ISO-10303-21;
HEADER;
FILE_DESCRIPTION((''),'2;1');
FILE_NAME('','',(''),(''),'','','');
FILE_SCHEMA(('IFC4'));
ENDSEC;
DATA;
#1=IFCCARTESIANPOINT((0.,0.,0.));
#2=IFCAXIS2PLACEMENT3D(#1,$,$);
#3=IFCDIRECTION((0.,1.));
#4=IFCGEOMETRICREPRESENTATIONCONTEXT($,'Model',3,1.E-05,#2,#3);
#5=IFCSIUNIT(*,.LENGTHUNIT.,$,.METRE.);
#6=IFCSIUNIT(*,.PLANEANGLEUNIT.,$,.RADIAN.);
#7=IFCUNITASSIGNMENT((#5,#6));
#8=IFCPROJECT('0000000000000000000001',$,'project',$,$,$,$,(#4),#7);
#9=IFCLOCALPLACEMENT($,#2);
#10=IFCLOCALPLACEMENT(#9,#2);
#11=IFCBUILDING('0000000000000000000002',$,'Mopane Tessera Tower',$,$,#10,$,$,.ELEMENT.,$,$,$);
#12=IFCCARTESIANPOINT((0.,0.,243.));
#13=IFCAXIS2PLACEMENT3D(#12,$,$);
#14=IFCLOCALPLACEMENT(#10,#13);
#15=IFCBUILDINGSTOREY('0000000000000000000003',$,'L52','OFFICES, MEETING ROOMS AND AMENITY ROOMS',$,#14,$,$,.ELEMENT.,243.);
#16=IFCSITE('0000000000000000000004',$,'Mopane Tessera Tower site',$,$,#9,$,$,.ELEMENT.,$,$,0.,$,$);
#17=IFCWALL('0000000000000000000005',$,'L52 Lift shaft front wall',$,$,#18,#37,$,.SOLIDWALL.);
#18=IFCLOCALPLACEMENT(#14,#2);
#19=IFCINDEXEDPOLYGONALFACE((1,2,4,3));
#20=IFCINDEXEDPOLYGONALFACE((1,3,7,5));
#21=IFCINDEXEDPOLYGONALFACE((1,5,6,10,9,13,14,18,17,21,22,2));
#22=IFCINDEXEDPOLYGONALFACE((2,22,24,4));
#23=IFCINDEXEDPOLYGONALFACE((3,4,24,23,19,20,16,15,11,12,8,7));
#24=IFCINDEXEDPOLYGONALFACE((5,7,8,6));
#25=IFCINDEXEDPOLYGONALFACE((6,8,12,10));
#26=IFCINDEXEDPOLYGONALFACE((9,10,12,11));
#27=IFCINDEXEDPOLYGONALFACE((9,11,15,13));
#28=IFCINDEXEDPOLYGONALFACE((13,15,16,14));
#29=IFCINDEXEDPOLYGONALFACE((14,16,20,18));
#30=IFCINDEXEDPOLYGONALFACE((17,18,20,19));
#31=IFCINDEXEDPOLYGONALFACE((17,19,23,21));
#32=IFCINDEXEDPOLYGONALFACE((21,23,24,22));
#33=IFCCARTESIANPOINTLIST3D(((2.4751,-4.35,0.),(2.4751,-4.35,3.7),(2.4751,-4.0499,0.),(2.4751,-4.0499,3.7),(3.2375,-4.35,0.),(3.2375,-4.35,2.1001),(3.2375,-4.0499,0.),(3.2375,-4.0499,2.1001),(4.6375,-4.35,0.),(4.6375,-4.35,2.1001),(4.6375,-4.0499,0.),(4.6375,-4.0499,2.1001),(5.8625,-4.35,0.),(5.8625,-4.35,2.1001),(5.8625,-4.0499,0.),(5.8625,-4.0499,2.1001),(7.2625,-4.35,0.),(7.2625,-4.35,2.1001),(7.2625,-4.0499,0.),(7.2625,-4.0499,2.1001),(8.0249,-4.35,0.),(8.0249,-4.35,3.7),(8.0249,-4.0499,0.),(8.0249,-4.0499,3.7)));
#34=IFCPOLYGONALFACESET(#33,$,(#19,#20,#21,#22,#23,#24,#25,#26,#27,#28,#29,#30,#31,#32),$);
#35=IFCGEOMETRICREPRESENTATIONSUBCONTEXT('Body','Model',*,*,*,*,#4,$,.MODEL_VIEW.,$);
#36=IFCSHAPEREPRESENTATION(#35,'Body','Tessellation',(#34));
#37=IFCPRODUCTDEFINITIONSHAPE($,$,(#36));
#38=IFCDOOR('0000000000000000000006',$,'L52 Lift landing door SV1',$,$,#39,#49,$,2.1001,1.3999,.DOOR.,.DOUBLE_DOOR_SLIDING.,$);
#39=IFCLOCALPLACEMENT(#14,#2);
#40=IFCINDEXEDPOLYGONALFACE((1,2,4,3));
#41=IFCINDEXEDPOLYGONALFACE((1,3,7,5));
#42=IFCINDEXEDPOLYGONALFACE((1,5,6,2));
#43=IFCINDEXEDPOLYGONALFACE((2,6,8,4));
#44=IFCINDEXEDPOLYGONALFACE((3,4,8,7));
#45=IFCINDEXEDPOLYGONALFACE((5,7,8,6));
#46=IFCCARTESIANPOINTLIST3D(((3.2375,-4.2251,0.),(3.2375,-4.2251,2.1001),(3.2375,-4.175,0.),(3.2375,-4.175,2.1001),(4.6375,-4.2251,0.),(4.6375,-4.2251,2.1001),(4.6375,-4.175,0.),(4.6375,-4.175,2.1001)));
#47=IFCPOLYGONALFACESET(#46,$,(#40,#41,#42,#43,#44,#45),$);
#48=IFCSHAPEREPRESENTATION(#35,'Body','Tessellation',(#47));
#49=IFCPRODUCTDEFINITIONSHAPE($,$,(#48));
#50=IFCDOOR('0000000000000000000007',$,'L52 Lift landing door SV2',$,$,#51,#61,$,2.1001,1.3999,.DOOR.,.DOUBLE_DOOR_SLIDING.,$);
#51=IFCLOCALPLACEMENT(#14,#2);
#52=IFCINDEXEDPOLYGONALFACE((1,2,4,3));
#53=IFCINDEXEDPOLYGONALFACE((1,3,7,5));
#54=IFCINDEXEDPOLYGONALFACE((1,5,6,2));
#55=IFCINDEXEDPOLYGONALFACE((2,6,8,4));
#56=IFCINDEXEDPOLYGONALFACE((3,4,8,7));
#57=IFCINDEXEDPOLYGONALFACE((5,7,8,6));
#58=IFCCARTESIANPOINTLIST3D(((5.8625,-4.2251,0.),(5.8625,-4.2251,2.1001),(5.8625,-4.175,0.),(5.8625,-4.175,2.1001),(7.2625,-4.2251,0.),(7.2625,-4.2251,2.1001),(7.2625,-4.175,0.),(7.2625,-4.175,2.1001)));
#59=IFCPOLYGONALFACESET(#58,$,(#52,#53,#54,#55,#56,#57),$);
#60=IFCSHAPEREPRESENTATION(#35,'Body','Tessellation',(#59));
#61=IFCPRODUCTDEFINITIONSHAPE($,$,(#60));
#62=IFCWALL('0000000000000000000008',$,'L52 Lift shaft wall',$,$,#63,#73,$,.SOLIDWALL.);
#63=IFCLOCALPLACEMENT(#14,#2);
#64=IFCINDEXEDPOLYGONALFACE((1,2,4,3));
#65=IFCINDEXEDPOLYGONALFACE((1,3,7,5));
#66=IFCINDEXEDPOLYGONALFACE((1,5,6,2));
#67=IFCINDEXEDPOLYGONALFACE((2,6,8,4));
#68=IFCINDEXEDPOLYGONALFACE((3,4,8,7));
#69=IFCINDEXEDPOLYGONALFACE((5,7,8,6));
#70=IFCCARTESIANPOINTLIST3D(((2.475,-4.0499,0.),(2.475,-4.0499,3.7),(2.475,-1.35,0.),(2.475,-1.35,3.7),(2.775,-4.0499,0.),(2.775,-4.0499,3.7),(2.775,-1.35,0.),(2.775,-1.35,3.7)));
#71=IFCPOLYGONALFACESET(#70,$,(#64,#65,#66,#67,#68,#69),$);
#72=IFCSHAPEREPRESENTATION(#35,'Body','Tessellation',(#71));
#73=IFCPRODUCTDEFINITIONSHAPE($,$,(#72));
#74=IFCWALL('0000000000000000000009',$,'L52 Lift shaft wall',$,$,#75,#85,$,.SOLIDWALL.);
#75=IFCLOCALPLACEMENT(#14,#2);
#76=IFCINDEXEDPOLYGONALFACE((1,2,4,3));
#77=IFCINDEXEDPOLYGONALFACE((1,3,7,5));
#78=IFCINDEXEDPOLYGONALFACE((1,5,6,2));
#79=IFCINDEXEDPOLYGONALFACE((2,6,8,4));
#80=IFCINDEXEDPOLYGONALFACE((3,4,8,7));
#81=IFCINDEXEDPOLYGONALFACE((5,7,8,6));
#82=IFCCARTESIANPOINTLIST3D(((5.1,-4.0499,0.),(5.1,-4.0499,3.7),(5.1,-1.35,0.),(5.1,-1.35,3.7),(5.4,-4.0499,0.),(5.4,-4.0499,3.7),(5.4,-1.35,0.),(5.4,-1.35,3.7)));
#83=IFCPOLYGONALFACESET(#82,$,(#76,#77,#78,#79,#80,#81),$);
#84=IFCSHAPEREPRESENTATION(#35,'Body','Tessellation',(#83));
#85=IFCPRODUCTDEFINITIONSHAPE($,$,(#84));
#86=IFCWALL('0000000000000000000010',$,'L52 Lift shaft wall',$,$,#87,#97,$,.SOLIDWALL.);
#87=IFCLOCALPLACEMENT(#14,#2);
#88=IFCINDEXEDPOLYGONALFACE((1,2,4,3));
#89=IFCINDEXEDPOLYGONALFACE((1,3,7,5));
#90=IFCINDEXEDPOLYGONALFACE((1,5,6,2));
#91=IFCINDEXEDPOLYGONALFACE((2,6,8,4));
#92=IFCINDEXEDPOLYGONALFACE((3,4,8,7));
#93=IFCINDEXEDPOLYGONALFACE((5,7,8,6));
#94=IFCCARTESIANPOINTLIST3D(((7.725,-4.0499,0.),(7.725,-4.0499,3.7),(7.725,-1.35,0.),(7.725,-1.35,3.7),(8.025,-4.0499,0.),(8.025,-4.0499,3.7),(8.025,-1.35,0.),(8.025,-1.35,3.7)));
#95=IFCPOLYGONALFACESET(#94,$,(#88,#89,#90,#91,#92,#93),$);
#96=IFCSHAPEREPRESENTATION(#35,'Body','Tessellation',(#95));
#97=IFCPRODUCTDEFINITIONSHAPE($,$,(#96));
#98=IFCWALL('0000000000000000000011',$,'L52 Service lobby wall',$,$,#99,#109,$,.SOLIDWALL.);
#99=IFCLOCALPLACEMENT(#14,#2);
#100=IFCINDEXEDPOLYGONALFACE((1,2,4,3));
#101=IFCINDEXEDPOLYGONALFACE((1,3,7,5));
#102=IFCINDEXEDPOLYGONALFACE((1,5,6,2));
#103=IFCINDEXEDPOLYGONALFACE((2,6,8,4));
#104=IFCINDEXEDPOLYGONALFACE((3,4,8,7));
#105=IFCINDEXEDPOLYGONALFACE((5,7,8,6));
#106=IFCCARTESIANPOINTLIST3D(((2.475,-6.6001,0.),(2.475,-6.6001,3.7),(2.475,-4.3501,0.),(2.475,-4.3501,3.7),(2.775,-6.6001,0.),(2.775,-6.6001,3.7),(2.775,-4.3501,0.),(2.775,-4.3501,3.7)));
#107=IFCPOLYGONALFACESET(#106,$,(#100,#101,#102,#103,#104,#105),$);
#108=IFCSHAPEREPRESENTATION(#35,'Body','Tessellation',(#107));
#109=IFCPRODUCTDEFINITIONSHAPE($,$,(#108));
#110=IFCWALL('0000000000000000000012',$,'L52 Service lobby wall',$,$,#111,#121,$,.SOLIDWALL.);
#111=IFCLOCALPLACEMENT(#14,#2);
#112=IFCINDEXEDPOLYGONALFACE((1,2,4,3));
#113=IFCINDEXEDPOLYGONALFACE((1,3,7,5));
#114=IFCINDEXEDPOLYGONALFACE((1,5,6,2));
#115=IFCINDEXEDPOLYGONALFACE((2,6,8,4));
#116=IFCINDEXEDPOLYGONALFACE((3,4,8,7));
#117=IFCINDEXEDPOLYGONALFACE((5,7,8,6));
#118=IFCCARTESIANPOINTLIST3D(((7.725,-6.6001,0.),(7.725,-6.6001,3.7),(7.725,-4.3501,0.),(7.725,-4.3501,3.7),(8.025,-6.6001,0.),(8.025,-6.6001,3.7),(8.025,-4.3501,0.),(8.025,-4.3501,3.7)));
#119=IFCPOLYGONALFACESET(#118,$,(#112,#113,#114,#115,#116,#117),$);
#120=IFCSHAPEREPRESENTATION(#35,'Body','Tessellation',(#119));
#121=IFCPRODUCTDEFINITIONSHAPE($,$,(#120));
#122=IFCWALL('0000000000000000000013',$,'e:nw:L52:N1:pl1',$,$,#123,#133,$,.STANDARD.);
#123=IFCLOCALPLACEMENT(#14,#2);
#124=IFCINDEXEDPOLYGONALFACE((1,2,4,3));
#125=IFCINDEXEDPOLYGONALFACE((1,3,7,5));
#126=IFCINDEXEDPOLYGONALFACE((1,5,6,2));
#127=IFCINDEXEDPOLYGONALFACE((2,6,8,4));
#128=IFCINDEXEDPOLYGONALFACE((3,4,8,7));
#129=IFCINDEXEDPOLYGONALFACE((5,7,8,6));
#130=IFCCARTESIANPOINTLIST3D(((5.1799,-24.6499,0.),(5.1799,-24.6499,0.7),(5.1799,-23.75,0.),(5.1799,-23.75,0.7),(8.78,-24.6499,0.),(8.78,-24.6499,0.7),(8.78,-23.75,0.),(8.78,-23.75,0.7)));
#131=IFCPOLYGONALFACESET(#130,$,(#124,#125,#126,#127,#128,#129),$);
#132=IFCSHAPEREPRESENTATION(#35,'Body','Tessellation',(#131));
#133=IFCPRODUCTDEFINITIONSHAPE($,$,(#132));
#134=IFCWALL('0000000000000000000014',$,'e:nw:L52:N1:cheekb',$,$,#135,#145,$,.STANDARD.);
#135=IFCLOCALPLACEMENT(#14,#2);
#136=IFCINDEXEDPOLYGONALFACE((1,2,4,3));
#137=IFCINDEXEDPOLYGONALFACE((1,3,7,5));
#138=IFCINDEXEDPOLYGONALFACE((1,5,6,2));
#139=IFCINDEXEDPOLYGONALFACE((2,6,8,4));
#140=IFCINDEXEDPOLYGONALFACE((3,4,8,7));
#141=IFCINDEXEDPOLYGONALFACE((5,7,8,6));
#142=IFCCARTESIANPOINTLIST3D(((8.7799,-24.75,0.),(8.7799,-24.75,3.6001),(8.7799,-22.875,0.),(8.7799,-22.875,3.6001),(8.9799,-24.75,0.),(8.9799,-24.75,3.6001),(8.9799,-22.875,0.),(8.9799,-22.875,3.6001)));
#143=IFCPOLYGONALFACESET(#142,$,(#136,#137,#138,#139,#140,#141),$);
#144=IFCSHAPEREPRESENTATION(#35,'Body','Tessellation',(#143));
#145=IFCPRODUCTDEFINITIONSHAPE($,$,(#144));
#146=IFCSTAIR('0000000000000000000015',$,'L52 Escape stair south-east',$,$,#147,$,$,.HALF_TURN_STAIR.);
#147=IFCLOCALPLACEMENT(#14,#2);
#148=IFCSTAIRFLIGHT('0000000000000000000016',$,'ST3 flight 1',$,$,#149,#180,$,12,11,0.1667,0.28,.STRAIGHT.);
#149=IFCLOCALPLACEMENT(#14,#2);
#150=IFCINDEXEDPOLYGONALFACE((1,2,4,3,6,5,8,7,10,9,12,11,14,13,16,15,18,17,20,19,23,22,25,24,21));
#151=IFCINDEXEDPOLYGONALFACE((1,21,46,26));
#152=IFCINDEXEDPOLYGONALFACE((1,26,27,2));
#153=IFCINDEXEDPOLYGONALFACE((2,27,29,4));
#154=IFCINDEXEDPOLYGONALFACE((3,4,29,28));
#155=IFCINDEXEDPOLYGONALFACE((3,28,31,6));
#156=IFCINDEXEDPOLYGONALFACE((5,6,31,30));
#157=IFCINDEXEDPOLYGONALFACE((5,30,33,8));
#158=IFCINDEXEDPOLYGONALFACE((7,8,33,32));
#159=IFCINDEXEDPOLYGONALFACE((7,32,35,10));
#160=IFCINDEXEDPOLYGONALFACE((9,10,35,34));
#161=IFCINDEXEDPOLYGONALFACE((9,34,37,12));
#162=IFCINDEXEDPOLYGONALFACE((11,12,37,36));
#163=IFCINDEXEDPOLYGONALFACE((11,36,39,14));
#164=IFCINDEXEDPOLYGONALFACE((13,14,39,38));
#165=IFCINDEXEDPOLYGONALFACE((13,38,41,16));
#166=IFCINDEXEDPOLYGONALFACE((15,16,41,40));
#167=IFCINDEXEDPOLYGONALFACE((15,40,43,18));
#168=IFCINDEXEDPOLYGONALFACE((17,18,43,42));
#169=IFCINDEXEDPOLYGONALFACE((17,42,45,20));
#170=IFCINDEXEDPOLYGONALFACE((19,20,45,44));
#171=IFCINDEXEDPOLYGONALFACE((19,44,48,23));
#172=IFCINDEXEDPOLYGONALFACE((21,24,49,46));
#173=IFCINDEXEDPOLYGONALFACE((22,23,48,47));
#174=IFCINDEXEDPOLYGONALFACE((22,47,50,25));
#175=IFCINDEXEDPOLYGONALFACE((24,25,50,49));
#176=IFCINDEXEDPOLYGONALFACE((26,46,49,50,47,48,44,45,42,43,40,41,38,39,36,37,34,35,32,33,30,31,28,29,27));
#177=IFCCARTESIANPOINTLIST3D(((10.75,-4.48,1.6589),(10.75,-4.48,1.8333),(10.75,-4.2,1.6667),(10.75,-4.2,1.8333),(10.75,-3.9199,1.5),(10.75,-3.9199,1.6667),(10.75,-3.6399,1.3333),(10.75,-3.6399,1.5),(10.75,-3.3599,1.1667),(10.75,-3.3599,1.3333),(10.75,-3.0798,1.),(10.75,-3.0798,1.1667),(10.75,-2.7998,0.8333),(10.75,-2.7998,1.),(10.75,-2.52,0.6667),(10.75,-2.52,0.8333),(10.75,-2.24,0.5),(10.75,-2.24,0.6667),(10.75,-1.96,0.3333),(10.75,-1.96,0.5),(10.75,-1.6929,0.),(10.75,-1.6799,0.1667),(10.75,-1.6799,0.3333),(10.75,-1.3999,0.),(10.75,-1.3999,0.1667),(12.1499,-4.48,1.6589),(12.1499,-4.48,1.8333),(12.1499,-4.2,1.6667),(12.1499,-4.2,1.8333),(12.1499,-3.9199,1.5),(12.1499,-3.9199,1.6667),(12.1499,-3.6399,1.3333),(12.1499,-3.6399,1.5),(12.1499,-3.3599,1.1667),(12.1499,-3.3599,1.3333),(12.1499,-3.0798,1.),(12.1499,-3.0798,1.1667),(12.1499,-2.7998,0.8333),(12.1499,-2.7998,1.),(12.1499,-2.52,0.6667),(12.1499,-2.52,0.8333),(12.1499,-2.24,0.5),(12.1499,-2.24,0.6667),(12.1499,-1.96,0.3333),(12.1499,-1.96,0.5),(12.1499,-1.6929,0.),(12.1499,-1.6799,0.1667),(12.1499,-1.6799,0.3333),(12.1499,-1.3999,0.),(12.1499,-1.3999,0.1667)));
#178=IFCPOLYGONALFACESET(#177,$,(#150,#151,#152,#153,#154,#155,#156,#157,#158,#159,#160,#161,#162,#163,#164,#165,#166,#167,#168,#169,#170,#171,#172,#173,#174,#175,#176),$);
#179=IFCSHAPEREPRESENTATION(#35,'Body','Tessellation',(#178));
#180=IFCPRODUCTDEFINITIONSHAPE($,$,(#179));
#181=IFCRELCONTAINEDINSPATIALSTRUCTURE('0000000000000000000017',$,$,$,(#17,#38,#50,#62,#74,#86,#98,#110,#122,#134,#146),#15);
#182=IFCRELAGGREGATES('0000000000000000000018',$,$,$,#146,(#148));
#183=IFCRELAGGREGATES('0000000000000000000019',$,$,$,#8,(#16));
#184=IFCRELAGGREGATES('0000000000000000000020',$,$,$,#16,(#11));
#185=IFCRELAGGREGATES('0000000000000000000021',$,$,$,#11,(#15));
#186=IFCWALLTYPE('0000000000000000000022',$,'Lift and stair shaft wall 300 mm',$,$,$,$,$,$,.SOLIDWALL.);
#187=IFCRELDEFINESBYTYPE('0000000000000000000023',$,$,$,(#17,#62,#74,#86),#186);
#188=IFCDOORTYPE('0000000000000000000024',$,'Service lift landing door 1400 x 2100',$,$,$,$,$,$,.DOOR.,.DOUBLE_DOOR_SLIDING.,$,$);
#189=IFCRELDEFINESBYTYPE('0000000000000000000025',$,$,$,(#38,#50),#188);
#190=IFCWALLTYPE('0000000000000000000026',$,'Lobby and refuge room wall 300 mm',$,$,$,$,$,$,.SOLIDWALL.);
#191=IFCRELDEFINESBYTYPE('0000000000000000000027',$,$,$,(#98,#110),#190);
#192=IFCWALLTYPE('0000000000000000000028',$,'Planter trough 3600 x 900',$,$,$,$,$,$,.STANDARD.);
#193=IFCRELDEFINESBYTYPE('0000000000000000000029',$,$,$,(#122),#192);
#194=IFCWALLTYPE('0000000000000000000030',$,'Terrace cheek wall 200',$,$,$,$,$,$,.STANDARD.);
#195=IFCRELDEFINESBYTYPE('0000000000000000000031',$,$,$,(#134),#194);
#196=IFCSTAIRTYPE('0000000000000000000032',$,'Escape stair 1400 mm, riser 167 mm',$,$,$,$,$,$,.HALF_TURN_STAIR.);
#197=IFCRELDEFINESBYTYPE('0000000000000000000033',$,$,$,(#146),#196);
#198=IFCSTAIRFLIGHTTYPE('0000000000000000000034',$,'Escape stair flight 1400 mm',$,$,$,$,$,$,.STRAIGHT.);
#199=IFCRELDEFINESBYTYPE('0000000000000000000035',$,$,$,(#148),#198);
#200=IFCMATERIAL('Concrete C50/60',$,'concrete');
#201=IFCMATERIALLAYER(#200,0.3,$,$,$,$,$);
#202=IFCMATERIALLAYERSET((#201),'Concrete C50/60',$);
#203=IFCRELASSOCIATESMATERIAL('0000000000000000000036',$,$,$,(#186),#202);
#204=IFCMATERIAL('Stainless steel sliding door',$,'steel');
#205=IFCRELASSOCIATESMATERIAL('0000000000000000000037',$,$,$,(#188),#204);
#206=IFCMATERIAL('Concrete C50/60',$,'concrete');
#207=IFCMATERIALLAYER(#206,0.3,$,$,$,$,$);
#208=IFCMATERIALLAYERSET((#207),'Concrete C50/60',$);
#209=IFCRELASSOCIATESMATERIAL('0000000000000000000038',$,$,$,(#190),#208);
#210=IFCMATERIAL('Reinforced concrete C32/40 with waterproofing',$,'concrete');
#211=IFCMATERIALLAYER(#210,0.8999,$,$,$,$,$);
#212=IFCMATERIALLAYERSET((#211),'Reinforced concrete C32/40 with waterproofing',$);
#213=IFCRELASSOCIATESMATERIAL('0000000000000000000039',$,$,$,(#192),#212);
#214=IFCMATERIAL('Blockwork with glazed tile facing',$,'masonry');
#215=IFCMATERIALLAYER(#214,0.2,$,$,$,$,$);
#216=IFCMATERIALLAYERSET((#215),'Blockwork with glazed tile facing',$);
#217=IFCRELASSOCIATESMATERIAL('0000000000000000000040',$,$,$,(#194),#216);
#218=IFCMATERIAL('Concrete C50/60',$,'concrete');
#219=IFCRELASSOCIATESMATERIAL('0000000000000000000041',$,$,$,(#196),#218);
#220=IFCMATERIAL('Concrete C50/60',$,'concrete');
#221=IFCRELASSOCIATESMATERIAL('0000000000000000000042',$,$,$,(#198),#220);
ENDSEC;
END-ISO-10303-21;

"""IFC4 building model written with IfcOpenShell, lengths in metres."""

from ifc_helpers import new_model, si_unit, direction, frame, frame_2d, origin, place, context, subcontext, project, spatial, polyline, rectangle, outline, extrude, material, layer, layer_set, type_object, element, fill, aggregate, save


model = new_model("IFC4")

# Units and contexts
model_context = context("Model", 3, precision=1e-05, world=origin(), true_north=direction((0.0, 1.0)))
body_context = subcontext(model_context, "Body", "Model", "MODEL_VIEW")
ifc_project = project(units=[si_unit("LENGTHUNIT", "METRE"), si_unit("PLANEANGLEUNIT", "RADIAN")], contexts=[model_context])

# Site, building, storey
site_placement = place(None, origin())
site = spatial("IfcSite", under=ifc_project, at=site_placement, Name="Mopane Tessera Tower site", CompositionType="ELEMENT", RefElevation=0.0)
building_placement = place(site_placement, origin())
building = spatial("IfcBuilding", under=site, at=building_placement, Name="Mopane Tessera Tower", CompositionType="ELEMENT")
storey_placement = place(building_placement, frame((0.0, 0.0, 243.0)))
storey = spatial("IfcBuildingStorey", under=building, at=storey_placement, Name="L52", Description="OFFICES, MEETING ROOMS AND AMENITY ROOMS", CompositionType="ELEMENT", Elevation=243.0)

# Wall, openings, doors
ifc_material_1 = material(Name="Concrete C50/60", Category="concrete")
ifc_layer_1 = layer(ifc_material_1, 0.3)
ifc_layer_set_1 = layer_set([ifc_layer_1], Name="Concrete C50/60")
wall_type_1 = type_object("IfcWallType", Name="Lift and stair shaft wall 300 mm", PredefinedType="SOLIDWALL", material=ifc_layer_set_1)
wall_1_placement = place(storey_placement, frame((2.4751, -4.2, 0.0), z_axis=(0.0, 0.0, 1.0), x_axis=(1.0, 0.0, 0.0)))
wall_1 = element("IfcWall", 1, at=wall_1_placement, inside=storey, type_object=wall_type_1, Name="L52 Lift shaft front wall", PredefinedType="SOLIDWALL", context=body_context, shape_type="SweptSolid", body=[
    extrude(rectangle(XDim=5.5498, YDim=0.3, at=frame_2d((2.7749, 0.0))), origin(), (0.0, 0.0, 1.0), 3.7),
])
opening_1_placement = place(wall_1_placement, frame((0.7625, 0.0, 0.0)))
opening_1 = element("IfcOpeningElement", 2, at=opening_1_placement, cuts=wall_1, PredefinedType="OPENING", context=body_context, shape_type="SweptSolid", body=[
    extrude(rectangle(XDim=1.3999, YDim=2.1001, at=frame_2d((0.7, 1.05))), frame((0.0, 0.1621, 0.0), z_axis=(0.0, -1.0, 0.0), x_axis=(1.0, 0.0, 0.0)), (0.0, 0.0, 1.0), 0.324),
])
opening_2_placement = place(wall_1_placement, frame((3.3875, 0.0, 0.0)))
opening_2 = element("IfcOpeningElement", 3, at=opening_2_placement, cuts=wall_1, PredefinedType="OPENING", context=body_context, shape_type="SweptSolid", body=[
    extrude(rectangle(XDim=1.3999, YDim=2.1001, at=frame_2d((0.7, 1.05))), frame((0.0, 0.1621, 0.0), z_axis=(0.0, -1.0, 0.0), x_axis=(1.0, 0.0, 0.0)), (0.0, 0.0, 1.0), 0.324),
])
ifc_material_2 = material(Name="Stainless steel sliding door", Category="steel")
door_type = type_object("IfcDoorType", Name="Service lift landing door 1400 x 2100", OperationType="DOUBLE_DOOR_SLIDING", PredefinedType="DOOR", material=ifc_material_2)
door_1_placement = place(opening_1_placement, origin())
door_1 = element("IfcDoor", 4, at=door_1_placement, inside=storey, type_object=door_type, Name="L52 Lift landing door SV1", OperationType="DOUBLE_DOOR_SLIDING", OverallHeight=2.1001, OverallWidth=1.3999, PredefinedType="DOOR", context=body_context, shape_type="SweptSolid", body=[
    extrude(rectangle(XDim=1.3999, YDim=2.1001, at=frame_2d((0.7, 1.05))), frame((0.0, 0.0249, 0.0), z_axis=(0.0, -1.0, 0.0), x_axis=(1.0, 0.0, 0.0)), (0.0, 0.0, 1.0), 0.05),
])
fill(opening_1, door_1)
door_2_placement = place(opening_2_placement, origin())
door_2 = element("IfcDoor", 5, at=door_2_placement, inside=storey, type_object=door_type, Name="L52 Lift landing door SV2", OperationType="DOUBLE_DOOR_SLIDING", OverallHeight=2.1001, OverallWidth=1.3999, PredefinedType="DOOR", context=body_context, shape_type="SweptSolid", body=[
    extrude(rectangle(XDim=1.3999, YDim=2.1001, at=frame_2d((0.7, 1.05))), frame((0.0, 0.0249, 0.0), z_axis=(0.0, -1.0, 0.0), x_axis=(1.0, 0.0, 0.0)), (0.0, 0.0, 1.0), 0.05),
])
fill(opening_2, door_2)

# Walls
for number, where, z_axis, x_axis, name in (
    (6, (2.625, -4.05, 0.0), (0.0, 0.0, 1.0), (0.0, 1.0, 0.0), "L52 Lift shaft wall"),
    (7, (5.25, -4.05, 0.0), (0.0, 0.0, 1.0), (0.0, 1.0, 0.0), "L52 Lift shaft wall"),
    (8, (7.875, -4.05, 0.0), (0.0, 0.0, 1.0), (0.0, 1.0, 0.0), "L52 Lift shaft wall"),
):
    element("IfcWall", number, at=place(storey_placement, frame(where, z_axis=z_axis, x_axis=x_axis)), inside=storey, type_object=wall_type_1, Name=name, PredefinedType="SOLIDWALL", context=body_context, shape_type="SweptSolid", body=[
        extrude(rectangle(XDim=2.7, YDim=0.3, at=frame_2d((1.3501, 0.0))), origin(), (0.0, 0.0, 1.0), 3.7),
    ])
ifc_material_3 = material(Name="Concrete C50/60", Category="concrete")
ifc_layer_2 = layer(ifc_material_3, 0.3)
ifc_layer_set_2 = layer_set([ifc_layer_2], Name="Concrete C50/60")
wall_type_2 = type_object("IfcWallType", Name="Lobby and refuge room wall 300 mm", PredefinedType="SOLIDWALL", material=ifc_layer_set_2)
for number, where, z_axis, x_axis, name in (
    (9, (2.625, -6.6001, 0.0), (0.0, 0.0, 1.0), (0.0, 1.0, 0.0), "L52 Service lobby wall"),
    (10, (7.875, -6.6001, 0.0), (0.0, 0.0, 1.0), (0.0, 1.0, 0.0), "L52 Service lobby wall"),
):
    element("IfcWall", number, at=place(storey_placement, frame(where, z_axis=z_axis, x_axis=x_axis)), inside=storey, type_object=wall_type_2, Name=name, PredefinedType="SOLIDWALL", context=body_context, shape_type="SweptSolid", body=[
        extrude(rectangle(XDim=2.25, YDim=0.3, at=frame_2d((1.125, 0.0))), origin(), (0.0, 0.0, 1.0), 3.7),
    ])
ifc_material_4 = material(Name="Reinforced concrete C32/40 with waterproofing", Category="concrete")
ifc_layer_3 = layer(ifc_material_4, 0.8999)
ifc_layer_set_3 = layer_set([ifc_layer_3], Name="Reinforced concrete C32/40 with waterproofing")
wall_type_3 = type_object("IfcWallType", Name="Planter trough 3600 x 900", PredefinedType="STANDARD", material=ifc_layer_set_3)
wall_2_placement = place(storey_placement, frame((5.1799, -24.2, 0.0), z_axis=(0.0, 0.0, 1.0), x_axis=(1.0, 0.0, 0.0)))
element("IfcWall", 11, at=wall_2_placement, inside=storey, type_object=wall_type_3, Name="e:nw:L52:N1:pl1", PredefinedType="STANDARD", context=body_context, shape_type="SweptSolid", body=[
    extrude(rectangle(XDim=3.6001, YDim=0.8999, at=frame_2d((1.8, 0.0))), origin(), (0.0, 0.0, 1.0), 0.7),
])
ifc_material_5 = material(Name="Blockwork with glazed tile facing", Category="masonry")
ifc_layer_4 = layer(ifc_material_5, 0.2)
ifc_layer_set_4 = layer_set([ifc_layer_4], Name="Blockwork with glazed tile facing")
wall_type_4 = type_object("IfcWallType", Name="Terrace cheek wall 200", PredefinedType="STANDARD", material=ifc_layer_set_4)
wall_3_placement = place(storey_placement, frame((8.8799, -24.75, 0.0), z_axis=(0.0, 0.0, 1.0), x_axis=(0.0, 1.0, 0.0)))
element("IfcWall", 12, at=wall_3_placement, inside=storey, type_object=wall_type_4, Name="e:nw:L52:N1:cheekb", PredefinedType="STANDARD", context=body_context, shape_type="SweptSolid", body=[
    extrude(rectangle(XDim=1.875, YDim=0.2, at=frame_2d((0.9375, 0.0))), origin(), (0.0, 0.0, 1.0), 3.6001),
])

# Stair, stair flight
ifc_material_6 = material(Name="Concrete C50/60", Category="concrete")
stair_type = type_object("IfcStairType", Name="Escape stair 1400 mm, riser 167 mm", PredefinedType="HALF_TURN_STAIR", material=ifc_material_6)
stair_placement = place(storey_placement, origin())
stair = element("IfcStair", 13, at=stair_placement, inside=storey, type_object=stair_type, Name="L52 Escape stair south-east", PredefinedType="HALF_TURN_STAIR")
ifc_material_7 = material(Name="Concrete C50/60", Category="concrete")
stair_flight_type = type_object("IfcStairFlightType", Name="Escape stair flight 1400 mm", PredefinedType="STRAIGHT", material=ifc_material_7)
stair_flight_placement = place(storey_placement, frame((11.45, -1.3999, 0.0), z_axis=(0.0, 0.0, 1.0), x_axis=(0.0, -1.0, 0.0)))
stair_flight = element("IfcStairFlight", 14, at=stair_flight_placement, type_object=stair_flight_type, Name="ST3 flight 1", NumberOfRisers=12, NumberOfTreads=11, PredefinedType="STRAIGHT", RiserHeight=0.1667, TreadLength=0.28, context=body_context, shape_type="SweptSolid", body=[
    extrude(outline(polyline([(0.0, 0.0), (0.0, 0.1667), (0.28, 0.1667), (0.28, 0.3333), (0.5601, 0.3333), (0.5601, 0.5), (0.8401, 0.5), (0.8401, 0.6667), (1.1201, 0.6667), (1.1201, 0.8333), (1.3999, 0.8333), (1.3999, 1.0), (1.6799, 1.0), (1.6799, 1.1667), (1.96, 1.1667), (1.96, 1.3333), (2.24, 1.3333), (2.24, 1.5), (2.52, 1.5), (2.52, 1.6667), (2.8, 1.6667), (2.8, 1.8333), (3.0801, 1.8333), (3.0801, 2.0), (3.0801, 1.6589), (0.293, 0.0), (0.0, 0.0)])), frame((0.0, 0.7, 0.0), z_axis=(0.0, -1.0, 0.0), x_axis=(1.0, 0.0, 0.0)), (0.0, 0.0, 1.0), 1.3999),
])
aggregate(stair, [stair_flight])

save(model, "model.ifc")
